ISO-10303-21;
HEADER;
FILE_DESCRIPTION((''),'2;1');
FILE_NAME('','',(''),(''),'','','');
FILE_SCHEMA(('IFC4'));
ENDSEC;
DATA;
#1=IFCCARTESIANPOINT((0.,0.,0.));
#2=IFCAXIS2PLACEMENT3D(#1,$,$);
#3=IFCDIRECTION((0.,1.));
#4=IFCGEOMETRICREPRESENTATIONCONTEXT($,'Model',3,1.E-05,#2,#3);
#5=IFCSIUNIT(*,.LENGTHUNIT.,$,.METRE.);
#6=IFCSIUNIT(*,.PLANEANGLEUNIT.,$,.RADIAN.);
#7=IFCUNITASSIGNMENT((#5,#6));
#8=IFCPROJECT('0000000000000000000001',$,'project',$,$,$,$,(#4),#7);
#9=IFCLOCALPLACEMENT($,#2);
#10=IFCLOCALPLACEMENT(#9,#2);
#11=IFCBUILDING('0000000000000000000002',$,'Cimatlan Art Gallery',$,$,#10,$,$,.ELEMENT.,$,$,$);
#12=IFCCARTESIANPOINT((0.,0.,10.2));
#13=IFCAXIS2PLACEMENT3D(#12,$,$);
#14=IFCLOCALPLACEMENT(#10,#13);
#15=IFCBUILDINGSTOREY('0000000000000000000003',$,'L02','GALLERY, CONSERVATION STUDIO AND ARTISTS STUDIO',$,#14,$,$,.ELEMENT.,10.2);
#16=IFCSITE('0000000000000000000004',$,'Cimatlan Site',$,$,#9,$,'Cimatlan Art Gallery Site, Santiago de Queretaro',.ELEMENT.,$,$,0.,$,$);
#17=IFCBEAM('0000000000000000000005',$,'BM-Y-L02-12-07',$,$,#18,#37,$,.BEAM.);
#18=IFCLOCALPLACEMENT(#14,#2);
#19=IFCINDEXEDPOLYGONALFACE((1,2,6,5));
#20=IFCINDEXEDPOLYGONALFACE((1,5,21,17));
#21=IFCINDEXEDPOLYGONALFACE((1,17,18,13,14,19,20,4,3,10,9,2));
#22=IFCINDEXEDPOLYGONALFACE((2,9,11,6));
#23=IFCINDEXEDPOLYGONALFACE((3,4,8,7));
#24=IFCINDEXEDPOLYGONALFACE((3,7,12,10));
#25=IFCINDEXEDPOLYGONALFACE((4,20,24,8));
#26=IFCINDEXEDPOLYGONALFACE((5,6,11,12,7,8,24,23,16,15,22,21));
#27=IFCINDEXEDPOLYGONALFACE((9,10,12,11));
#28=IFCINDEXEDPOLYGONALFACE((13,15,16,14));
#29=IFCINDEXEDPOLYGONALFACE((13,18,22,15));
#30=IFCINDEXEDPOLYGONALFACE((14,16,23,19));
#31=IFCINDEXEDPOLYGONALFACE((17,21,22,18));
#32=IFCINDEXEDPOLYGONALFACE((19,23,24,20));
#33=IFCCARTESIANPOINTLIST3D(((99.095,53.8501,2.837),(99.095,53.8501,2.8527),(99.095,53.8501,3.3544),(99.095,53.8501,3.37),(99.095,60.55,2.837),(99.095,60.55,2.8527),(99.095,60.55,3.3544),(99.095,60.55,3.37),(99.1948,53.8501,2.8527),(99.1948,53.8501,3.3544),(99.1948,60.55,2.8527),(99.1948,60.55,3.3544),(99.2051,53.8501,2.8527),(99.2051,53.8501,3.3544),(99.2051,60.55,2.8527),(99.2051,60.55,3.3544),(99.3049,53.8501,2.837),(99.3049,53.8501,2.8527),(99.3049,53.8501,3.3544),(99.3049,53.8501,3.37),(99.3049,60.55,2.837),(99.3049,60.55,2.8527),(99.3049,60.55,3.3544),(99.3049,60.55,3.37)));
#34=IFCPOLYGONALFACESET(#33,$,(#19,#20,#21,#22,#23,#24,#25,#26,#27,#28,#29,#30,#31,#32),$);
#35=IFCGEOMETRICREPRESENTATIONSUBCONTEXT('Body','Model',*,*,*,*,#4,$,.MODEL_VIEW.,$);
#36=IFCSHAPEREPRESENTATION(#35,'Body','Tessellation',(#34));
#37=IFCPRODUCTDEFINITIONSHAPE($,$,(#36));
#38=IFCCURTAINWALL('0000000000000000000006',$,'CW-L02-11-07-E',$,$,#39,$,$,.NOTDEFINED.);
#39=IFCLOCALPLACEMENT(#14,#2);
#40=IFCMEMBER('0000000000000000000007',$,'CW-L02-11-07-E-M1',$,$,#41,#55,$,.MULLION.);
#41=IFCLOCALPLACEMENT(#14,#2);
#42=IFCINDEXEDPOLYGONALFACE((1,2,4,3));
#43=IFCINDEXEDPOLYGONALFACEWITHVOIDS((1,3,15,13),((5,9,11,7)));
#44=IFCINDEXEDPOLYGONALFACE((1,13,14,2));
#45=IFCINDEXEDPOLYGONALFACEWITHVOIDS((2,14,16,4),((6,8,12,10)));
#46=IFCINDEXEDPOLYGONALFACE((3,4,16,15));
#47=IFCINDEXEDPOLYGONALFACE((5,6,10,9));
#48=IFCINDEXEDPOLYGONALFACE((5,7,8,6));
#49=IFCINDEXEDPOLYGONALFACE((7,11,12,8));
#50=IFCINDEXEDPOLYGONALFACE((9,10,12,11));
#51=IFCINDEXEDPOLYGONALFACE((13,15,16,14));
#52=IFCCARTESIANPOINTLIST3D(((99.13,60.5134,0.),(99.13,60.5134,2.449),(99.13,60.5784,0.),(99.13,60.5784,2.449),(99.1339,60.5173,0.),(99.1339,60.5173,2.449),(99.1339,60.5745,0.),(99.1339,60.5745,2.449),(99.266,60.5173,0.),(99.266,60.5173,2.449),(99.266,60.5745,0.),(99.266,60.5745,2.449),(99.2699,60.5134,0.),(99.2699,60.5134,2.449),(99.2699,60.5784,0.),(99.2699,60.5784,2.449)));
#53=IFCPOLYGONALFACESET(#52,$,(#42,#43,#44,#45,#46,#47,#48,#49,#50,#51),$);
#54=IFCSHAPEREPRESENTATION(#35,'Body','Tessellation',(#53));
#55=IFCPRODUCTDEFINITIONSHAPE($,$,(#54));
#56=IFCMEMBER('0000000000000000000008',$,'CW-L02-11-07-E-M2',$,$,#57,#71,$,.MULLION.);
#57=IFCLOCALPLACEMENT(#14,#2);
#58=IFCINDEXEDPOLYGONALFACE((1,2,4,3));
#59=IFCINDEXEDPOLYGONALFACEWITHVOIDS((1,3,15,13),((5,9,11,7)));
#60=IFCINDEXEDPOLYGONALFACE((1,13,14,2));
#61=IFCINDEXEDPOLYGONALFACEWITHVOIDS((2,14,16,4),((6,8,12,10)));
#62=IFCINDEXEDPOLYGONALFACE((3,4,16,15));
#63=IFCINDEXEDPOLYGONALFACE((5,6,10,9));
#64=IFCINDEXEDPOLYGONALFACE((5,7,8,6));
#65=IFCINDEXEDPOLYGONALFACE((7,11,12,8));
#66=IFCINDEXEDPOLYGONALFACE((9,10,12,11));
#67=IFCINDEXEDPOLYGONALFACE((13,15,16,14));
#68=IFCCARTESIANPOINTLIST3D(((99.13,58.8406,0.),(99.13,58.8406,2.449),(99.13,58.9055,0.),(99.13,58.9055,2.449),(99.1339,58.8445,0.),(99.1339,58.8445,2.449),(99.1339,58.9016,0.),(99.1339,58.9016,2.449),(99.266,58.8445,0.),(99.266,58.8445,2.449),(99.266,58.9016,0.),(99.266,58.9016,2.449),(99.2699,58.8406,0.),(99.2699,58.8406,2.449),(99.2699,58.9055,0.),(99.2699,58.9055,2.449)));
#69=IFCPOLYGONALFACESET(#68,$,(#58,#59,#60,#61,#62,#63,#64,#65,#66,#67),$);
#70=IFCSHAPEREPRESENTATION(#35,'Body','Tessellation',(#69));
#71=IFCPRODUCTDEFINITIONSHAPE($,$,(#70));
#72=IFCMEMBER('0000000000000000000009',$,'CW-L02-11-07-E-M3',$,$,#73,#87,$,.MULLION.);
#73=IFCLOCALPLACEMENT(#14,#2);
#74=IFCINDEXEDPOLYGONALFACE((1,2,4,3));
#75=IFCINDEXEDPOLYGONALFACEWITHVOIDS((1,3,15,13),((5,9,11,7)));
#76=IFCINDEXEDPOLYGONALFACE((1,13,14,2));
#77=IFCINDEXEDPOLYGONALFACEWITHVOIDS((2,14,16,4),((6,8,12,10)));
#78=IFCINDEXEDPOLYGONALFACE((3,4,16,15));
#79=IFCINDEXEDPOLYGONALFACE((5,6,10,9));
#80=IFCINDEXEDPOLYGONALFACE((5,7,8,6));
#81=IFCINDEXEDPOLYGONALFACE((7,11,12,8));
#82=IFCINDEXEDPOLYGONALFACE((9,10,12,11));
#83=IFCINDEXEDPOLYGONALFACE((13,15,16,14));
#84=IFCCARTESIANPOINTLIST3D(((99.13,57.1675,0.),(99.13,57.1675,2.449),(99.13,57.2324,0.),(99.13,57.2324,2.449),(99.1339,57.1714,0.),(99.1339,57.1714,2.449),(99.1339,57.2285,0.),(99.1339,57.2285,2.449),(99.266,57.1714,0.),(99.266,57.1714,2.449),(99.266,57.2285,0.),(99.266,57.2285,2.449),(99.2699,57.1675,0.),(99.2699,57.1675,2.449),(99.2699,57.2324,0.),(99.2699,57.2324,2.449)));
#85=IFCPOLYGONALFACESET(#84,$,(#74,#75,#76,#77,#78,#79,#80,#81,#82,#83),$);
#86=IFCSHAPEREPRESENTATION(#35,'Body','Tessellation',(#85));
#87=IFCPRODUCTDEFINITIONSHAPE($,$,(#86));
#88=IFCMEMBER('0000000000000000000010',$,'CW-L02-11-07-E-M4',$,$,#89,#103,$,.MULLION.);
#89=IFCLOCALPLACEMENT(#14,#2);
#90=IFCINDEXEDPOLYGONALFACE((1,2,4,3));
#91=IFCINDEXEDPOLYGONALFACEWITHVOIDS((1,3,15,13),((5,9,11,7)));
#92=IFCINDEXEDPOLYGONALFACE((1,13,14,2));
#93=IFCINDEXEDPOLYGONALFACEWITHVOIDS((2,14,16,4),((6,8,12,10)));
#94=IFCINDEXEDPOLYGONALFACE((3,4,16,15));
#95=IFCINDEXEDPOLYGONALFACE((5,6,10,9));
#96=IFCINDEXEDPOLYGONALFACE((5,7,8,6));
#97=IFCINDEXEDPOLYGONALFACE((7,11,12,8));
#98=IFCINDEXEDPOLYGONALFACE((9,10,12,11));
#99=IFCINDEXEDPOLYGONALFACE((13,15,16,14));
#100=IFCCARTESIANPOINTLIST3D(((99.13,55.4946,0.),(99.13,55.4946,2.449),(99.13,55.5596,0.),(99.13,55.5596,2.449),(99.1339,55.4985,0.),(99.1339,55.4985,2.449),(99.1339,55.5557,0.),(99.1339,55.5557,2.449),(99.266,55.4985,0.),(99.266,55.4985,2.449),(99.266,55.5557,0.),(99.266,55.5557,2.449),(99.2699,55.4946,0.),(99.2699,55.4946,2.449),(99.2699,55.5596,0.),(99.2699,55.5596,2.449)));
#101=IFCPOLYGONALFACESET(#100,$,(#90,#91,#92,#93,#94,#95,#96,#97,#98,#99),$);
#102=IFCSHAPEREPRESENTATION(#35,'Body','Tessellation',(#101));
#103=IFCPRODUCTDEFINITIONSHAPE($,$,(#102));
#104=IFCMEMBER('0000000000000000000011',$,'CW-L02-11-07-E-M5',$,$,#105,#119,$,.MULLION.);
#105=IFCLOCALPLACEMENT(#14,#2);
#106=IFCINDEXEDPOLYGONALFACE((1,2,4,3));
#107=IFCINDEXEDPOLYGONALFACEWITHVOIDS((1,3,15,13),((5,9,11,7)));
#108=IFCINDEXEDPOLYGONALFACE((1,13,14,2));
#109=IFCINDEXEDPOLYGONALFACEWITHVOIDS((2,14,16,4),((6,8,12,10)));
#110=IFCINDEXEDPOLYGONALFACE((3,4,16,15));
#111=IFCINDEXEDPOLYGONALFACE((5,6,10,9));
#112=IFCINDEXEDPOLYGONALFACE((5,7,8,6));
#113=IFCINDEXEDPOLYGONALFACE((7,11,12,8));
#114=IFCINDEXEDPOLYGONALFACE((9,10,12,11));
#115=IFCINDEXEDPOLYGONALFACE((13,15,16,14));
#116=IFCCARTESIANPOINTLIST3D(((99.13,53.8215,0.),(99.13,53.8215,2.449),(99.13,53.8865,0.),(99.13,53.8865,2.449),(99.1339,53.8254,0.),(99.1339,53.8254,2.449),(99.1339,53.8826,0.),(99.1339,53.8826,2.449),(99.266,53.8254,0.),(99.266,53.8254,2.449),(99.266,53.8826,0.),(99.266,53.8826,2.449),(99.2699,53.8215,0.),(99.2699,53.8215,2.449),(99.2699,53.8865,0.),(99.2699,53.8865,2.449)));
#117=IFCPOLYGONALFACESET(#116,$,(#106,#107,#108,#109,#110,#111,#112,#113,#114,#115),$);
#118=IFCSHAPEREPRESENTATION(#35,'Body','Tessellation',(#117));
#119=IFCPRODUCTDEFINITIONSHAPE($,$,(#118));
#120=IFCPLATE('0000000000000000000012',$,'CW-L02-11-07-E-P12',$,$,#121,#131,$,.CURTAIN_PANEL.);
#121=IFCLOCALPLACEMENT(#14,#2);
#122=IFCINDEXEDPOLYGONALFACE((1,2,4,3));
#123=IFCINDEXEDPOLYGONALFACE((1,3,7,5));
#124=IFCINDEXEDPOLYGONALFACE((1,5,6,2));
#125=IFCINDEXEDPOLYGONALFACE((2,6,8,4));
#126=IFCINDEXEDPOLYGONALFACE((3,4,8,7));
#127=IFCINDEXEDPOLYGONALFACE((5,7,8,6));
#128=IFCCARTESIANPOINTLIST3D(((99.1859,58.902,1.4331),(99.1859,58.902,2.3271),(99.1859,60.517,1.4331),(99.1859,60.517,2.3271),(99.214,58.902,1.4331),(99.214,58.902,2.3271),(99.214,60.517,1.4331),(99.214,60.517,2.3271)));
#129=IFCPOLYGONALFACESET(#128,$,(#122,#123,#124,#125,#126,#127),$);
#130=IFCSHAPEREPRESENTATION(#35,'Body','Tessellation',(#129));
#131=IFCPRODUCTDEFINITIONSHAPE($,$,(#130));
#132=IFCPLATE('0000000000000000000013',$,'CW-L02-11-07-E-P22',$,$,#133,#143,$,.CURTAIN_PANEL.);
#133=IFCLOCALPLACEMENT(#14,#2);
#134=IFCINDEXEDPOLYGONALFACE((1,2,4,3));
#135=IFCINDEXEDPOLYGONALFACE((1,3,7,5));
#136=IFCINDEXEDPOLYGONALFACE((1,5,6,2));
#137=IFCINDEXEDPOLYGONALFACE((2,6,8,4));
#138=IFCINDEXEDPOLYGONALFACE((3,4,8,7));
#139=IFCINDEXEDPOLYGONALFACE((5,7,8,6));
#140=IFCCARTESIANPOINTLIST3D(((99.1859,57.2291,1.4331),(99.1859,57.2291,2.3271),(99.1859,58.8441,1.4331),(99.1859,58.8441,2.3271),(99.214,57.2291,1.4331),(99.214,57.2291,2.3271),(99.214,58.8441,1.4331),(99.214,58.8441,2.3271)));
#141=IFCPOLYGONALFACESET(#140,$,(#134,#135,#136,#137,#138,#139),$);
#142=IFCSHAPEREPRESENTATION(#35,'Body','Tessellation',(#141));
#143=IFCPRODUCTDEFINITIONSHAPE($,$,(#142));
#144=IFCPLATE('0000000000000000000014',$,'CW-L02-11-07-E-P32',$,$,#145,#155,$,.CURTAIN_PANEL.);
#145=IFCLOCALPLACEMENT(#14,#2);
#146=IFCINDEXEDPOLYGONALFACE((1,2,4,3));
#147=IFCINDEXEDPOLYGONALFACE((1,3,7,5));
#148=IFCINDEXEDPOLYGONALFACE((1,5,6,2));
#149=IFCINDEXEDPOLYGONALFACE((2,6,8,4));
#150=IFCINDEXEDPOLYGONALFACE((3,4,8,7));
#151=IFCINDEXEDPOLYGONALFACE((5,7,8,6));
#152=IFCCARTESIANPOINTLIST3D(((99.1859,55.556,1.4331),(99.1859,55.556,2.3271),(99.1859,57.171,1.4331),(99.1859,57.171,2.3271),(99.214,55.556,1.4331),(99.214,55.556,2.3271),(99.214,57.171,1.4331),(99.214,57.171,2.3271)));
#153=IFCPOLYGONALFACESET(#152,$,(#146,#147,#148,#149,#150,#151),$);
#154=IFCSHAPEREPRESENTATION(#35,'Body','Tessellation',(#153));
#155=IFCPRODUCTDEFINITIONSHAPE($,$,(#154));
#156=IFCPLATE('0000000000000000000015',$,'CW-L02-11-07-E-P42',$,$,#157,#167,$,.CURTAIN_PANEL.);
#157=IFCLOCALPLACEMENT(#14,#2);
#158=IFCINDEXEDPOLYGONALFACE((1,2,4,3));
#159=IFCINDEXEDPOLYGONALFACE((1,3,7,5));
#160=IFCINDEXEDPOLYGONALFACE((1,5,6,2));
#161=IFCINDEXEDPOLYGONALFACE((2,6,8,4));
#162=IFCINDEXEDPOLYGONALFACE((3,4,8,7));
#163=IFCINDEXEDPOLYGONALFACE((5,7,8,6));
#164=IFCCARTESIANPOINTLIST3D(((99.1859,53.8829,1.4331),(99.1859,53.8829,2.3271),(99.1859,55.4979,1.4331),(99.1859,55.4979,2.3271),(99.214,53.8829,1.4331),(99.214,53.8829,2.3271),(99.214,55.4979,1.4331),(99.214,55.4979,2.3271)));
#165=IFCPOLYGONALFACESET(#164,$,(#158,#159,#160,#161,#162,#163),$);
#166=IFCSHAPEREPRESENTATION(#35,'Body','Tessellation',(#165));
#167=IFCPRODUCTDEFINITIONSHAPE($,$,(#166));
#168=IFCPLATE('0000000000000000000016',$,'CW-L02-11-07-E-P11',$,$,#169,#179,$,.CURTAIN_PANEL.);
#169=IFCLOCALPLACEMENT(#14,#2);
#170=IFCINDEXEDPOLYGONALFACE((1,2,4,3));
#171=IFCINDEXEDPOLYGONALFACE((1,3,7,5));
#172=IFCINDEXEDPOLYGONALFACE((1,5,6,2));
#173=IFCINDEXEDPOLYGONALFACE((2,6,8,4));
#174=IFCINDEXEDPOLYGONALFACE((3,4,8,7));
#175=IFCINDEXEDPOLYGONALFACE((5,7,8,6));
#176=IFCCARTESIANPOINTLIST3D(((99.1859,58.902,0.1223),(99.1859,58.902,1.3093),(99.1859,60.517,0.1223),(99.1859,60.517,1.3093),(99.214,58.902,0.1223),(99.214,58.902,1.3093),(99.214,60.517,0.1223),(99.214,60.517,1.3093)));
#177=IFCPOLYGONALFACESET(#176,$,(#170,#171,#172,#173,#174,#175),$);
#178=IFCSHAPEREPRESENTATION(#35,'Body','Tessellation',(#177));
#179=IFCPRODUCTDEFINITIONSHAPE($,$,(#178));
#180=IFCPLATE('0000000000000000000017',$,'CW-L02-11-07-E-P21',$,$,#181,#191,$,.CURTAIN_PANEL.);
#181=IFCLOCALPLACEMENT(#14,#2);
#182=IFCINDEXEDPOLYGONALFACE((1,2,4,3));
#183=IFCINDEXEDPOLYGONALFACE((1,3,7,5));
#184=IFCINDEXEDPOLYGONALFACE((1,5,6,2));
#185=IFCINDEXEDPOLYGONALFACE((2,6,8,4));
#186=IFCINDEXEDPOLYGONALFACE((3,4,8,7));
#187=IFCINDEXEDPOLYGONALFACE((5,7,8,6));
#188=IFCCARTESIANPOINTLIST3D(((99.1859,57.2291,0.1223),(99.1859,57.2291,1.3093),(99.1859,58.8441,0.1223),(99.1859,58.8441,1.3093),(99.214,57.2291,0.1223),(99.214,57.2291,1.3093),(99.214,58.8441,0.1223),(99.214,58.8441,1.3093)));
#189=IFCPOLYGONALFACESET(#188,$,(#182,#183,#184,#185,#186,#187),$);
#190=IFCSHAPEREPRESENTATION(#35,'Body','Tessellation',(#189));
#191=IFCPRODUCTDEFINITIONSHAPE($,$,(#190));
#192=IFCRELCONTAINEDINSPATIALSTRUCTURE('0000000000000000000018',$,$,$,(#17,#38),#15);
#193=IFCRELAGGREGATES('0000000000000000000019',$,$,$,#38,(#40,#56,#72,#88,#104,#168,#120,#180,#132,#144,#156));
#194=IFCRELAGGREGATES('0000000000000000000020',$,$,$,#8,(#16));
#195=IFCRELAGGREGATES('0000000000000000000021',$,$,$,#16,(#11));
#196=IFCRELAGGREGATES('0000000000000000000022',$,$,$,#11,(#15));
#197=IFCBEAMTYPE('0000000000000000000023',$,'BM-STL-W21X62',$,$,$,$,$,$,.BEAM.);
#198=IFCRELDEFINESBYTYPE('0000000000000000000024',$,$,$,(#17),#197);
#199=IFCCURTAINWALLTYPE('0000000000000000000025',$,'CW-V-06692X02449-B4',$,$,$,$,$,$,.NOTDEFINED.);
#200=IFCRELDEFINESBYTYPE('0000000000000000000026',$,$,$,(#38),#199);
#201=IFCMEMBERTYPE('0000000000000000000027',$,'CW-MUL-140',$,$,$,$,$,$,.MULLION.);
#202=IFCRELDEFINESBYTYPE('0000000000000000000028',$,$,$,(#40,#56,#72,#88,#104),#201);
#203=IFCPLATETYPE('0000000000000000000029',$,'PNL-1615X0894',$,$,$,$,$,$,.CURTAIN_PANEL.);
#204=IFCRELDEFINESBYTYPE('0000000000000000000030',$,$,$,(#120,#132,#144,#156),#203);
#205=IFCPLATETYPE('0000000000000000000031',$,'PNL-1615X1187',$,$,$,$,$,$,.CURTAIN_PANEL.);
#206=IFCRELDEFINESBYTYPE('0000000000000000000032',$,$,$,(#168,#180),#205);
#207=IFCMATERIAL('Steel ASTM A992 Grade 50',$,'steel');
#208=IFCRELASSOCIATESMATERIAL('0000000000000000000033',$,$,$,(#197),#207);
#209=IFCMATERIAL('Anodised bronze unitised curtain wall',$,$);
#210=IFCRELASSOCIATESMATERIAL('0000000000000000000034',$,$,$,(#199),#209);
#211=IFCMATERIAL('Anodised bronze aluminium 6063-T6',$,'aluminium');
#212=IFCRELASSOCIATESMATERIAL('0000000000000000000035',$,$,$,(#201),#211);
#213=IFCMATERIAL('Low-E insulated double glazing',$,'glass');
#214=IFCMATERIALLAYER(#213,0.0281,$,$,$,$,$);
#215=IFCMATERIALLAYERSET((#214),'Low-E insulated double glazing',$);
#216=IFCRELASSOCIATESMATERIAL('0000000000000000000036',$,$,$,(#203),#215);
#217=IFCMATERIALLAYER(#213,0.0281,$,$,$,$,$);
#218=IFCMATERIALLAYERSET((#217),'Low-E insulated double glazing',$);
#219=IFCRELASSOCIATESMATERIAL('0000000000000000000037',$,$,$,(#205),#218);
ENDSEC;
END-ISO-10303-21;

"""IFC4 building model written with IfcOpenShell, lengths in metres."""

from ifc_helpers import new_model, si_unit, direction, frame, origin, origin_2d, place, context, subcontext, project, spatial, rectangle, hollow_rectangle, i_section, extrude, material, layer, layer_set, material_profile, profile_set, type_object, element, aggregate, save


model = new_model("IFC4")

# Units and contexts
model_context = context("Model", 3, precision=1e-05, world=origin(), true_north=direction((0.0, 1.0)))
body_context = subcontext(model_context, "Body", "Model", "MODEL_VIEW")
ifc_project = project(units=[si_unit("LENGTHUNIT", "METRE"), si_unit("PLANEANGLEUNIT", "RADIAN")], contexts=[model_context])

# Site, building, storey
site_placement = place(None, origin())
site = spatial("IfcSite", under=ifc_project, at=site_placement, Name="Cimatlan Site", LongName="Cimatlan Art Gallery Site, Santiago de Queretaro", CompositionType="ELEMENT", RefElevation=0.0)
building_placement = place(site_placement, origin())
building = spatial("IfcBuilding", under=site, at=building_placement, Name="Cimatlan Art Gallery", CompositionType="ELEMENT")
storey_placement = place(building_placement, frame((0.0, 0.0, 10.2)))
storey = spatial("IfcBuildingStorey", under=building, at=storey_placement, Name="L02", Description="GALLERY, CONSERVATION STUDIO AND ARTISTS STUDIO", CompositionType="ELEMENT", Elevation=10.2)

# Beam
ifc_material_1 = material(Name="Steel ASTM A992 Grade 50", Category="steel")
ifc_material_profile_1 = material_profile(ifc_material_1, i_section(OverallWidth=0.21, OverallDepth=0.533, WebThickness=0.0103, FlangeThickness=0.0156, at=origin_2d()), Name="W21X62")
ifc_profile_set_1 = profile_set([ifc_material_profile_1], Name="Steel ASTM A992 Grade 50")
beam_type = type_object("IfcBeamType", Name="BM-STL-W21X62", PredefinedType="BEAM", material=ifc_profile_set_1)
beam_placement = place(storey_placement, frame((99.2, 53.8501, 3.1035), z_axis=(0.0, 1.0, 0.0), x_axis=(-1.0, 0.0, 0.0)))
element("IfcBeam", 1, at=beam_placement, inside=storey, type_object=beam_type, Name="BM-Y-L02-12-07", PredefinedType="BEAM", context=body_context, shape_type="SweptSolid", body=[
    extrude(i_section(OverallWidth=0.21, OverallDepth=0.533, WebThickness=0.0103, FlangeThickness=0.0156, at=origin_2d()), origin(), (0.0, 0.0, 1.0), 6.7),
])

# Curtain wall, members, plates
ifc_material_2 = material(Name="Anodised bronze unitised curtain wall")
curtain_wall_type = type_object("IfcCurtainWallType", Name="CW-V-06692X02449-B4", PredefinedType="NOTDEFINED", material=ifc_material_2)
curtain_wall_placement = place(storey_placement, origin())
curtain_wall = element("IfcCurtainWall", 2, at=curtain_wall_placement, inside=storey, type_object=curtain_wall_type, Name="CW-L02-11-07-E", PredefinedType="NOTDEFINED")
ifc_material_3 = material(Name="Anodised bronze aluminium 6063-T6", Category="aluminium")
ifc_material_profile_2 = material_profile(ifc_material_3, hollow_rectangle(XDim=0.0649, YDim=0.1399, WallThickness=0.0039, at=origin_2d()), Name="ALU65X140X4")
ifc_profile_set_2 = profile_set([ifc_material_profile_2], Name="Anodised bronze aluminium 6063-T6")
member_type = type_object("IfcMemberType", Name="CW-MUL-140", PredefinedType="MULLION", material=ifc_profile_set_2)
member_1_placement = place(storey_placement, frame((99.2, 60.5459, 0.0), z_axis=(0.0, 0.0, 1.0), x_axis=(0.0, 1.0, 0.0)))
member_1 = element("IfcMember", 3, at=member_1_placement, type_object=member_type, Name="CW-L02-11-07-E-M1", PredefinedType="MULLION", context=body_context, shape_type="SweptSolid", body=[
    extrude(hollow_rectangle(XDim=0.0649, YDim=0.1399, WallThickness=0.0039, at=origin_2d()), origin(), (0.0, 0.0, 1.0), 2.449),
])
member_2_placement = place(storey_placement, frame((99.2, 58.873, 0.0), z_axis=(0.0, 0.0, 1.0), x_axis=(0.0, 1.0, 0.0)))
member_2 = element("IfcMember", 4, at=member_2_placement, type_object=member_type, Name="CW-L02-11-07-E-M2", PredefinedType="MULLION", context=body_context, shape_type="SweptSolid", body=[
    extrude(hollow_rectangle(XDim=0.0649, YDim=0.1399, WallThickness=0.0039, at=origin_2d()), origin(), (0.0, 0.0, 1.0), 2.449),
])
member_3_placement = place(storey_placement, frame((99.2, 57.2, 0.0), z_axis=(0.0, 0.0, 1.0), x_axis=(0.0, 1.0, 0.0)))
member_3 = element("IfcMember", 5, at=member_3_placement, type_object=member_type, Name="CW-L02-11-07-E-M3", PredefinedType="MULLION", context=body_context, shape_type="SweptSolid", body=[
    extrude(hollow_rectangle(XDim=0.0649, YDim=0.1399, WallThickness=0.0039, at=origin_2d()), origin(), (0.0, 0.0, 1.0), 2.449),
])
member_4_placement = place(storey_placement, frame((99.2, 55.5271, 0.0), z_axis=(0.0, 0.0, 1.0), x_axis=(0.0, 1.0, 0.0)))
member_4 = element("IfcMember", 6, at=member_4_placement, type_object=member_type, Name="CW-L02-11-07-E-M4", PredefinedType="MULLION", context=body_context, shape_type="SweptSolid", body=[
    extrude(hollow_rectangle(XDim=0.0649, YDim=0.1399, WallThickness=0.0039, at=origin_2d()), origin(), (0.0, 0.0, 1.0), 2.449),
])
member_5_placement = place(storey_placement, frame((99.2, 53.854, 0.0), z_axis=(0.0, 0.0, 1.0), x_axis=(0.0, 1.0, 0.0)))
member_5 = element("IfcMember", 7, at=member_5_placement, type_object=member_type, Name="CW-L02-11-07-E-M5", PredefinedType="MULLION", context=body_context, shape_type="SweptSolid", body=[
    extrude(hollow_rectangle(XDim=0.0649, YDim=0.1399, WallThickness=0.0039, at=origin_2d()), origin(), (0.0, 0.0, 1.0), 2.449),
])
ifc_material_4 = material(Name="Low-E insulated double glazing", Category="glass")
ifc_layer_1 = layer(ifc_material_4, 0.0281)
ifc_layer_set_1 = layer_set([ifc_layer_1], Name="Low-E insulated double glazing")
plate_type_1 = type_object("IfcPlateType", Name="PNL-1615X0894", PredefinedType="CURTAIN_PANEL", material=ifc_layer_set_1)
plate_1_placement = place(storey_placement, frame((99.2, 59.7095, 1.4331), z_axis=(0.0, 0.0, 1.0), x_axis=(0.0, -1.0, 0.0)))
plate_1 = element("IfcPlate", 8, at=plate_1_placement, type_object=plate_type_1, Name="CW-L02-11-07-E-P12", PredefinedType="CURTAIN_PANEL", context=body_context, shape_type="SweptSolid", body=[
    extrude(rectangle(XDim=1.615, YDim=0.0281, at=origin_2d()), origin(), (0.0, 0.0, 1.0), 0.894),
])
plate_2_placement = place(storey_placement, frame((99.2, 58.0366, 1.4331), z_axis=(0.0, 0.0, 1.0), x_axis=(0.0, -1.0, 0.0)))
plate_2 = element("IfcPlate", 9, at=plate_2_placement, type_object=plate_type_1, Name="CW-L02-11-07-E-P22", PredefinedType="CURTAIN_PANEL", context=body_context, shape_type="SweptSolid", body=[
    extrude(rectangle(XDim=1.615, YDim=0.0281, at=origin_2d()), origin(), (0.0, 0.0, 1.0), 0.894),
])
plate_3_placement = place(storey_placement, frame((99.2, 56.3635, 1.4331), z_axis=(0.0, 0.0, 1.0), x_axis=(0.0, -1.0, 0.0)))
plate_3 = element("IfcPlate", 10, at=plate_3_placement, type_object=plate_type_1, Name="CW-L02-11-07-E-P32", PredefinedType="CURTAIN_PANEL", context=body_context, shape_type="SweptSolid", body=[
    extrude(rectangle(XDim=1.615, YDim=0.0281, at=origin_2d()), origin(), (0.0, 0.0, 1.0), 0.894),
])
plate_4_placement = place(storey_placement, frame((99.2, 54.6904, 1.4331), z_axis=(0.0, 0.0, 1.0), x_axis=(0.0, -1.0, 0.0)))
plate_4 = element("IfcPlate", 11, at=plate_4_placement, type_object=plate_type_1, Name="CW-L02-11-07-E-P42", PredefinedType="CURTAIN_PANEL", context=body_context, shape_type="SweptSolid", body=[
    extrude(rectangle(XDim=1.615, YDim=0.0281, at=origin_2d()), origin(), (0.0, 0.0, 1.0), 0.894),
])
ifc_layer_2 = layer(ifc_material_4, 0.0281)
ifc_layer_set_2 = layer_set([ifc_layer_2], Name="Low-E insulated double glazing")
plate_type_2 = type_object("IfcPlateType", Name="PNL-1615X1187", PredefinedType="CURTAIN_PANEL", material=ifc_layer_set_2)
plate_5_placement = place(storey_placement, frame((99.2, 59.7095, 0.1223), z_axis=(0.0, 0.0, 1.0), x_axis=(0.0, -1.0, 0.0)))
plate_5 = element("IfcPlate", 12, at=plate_5_placement, type_object=plate_type_2, Name="CW-L02-11-07-E-P11", PredefinedType="CURTAIN_PANEL", context=body_context, shape_type="SweptSolid", body=[
    extrude(rectangle(XDim=1.615, YDim=0.0281, at=origin_2d()), origin(), (0.0, 0.0, 1.0), 1.187),
])
plate_6_placement = place(storey_placement, frame((99.2, 58.0366, 0.1223), z_axis=(0.0, 0.0, 1.0), x_axis=(0.0, -1.0, 0.0)))
plate_6 = element("IfcPlate", 13, at=plate_6_placement, type_object=plate_type_2, Name="CW-L02-11-07-E-P21", PredefinedType="CURTAIN_PANEL", context=body_context, shape_type="SweptSolid", body=[
    extrude(rectangle(XDim=1.615, YDim=0.0281, at=origin_2d()), origin(), (0.0, 0.0, 1.0), 1.187),
])
aggregate(curtain_wall, [member_1, member_2, member_3, member_4, member_5, plate_5, plate_1, plate_6, plate_2, plate_3, plate_4])

save(model, "model.ifc")
